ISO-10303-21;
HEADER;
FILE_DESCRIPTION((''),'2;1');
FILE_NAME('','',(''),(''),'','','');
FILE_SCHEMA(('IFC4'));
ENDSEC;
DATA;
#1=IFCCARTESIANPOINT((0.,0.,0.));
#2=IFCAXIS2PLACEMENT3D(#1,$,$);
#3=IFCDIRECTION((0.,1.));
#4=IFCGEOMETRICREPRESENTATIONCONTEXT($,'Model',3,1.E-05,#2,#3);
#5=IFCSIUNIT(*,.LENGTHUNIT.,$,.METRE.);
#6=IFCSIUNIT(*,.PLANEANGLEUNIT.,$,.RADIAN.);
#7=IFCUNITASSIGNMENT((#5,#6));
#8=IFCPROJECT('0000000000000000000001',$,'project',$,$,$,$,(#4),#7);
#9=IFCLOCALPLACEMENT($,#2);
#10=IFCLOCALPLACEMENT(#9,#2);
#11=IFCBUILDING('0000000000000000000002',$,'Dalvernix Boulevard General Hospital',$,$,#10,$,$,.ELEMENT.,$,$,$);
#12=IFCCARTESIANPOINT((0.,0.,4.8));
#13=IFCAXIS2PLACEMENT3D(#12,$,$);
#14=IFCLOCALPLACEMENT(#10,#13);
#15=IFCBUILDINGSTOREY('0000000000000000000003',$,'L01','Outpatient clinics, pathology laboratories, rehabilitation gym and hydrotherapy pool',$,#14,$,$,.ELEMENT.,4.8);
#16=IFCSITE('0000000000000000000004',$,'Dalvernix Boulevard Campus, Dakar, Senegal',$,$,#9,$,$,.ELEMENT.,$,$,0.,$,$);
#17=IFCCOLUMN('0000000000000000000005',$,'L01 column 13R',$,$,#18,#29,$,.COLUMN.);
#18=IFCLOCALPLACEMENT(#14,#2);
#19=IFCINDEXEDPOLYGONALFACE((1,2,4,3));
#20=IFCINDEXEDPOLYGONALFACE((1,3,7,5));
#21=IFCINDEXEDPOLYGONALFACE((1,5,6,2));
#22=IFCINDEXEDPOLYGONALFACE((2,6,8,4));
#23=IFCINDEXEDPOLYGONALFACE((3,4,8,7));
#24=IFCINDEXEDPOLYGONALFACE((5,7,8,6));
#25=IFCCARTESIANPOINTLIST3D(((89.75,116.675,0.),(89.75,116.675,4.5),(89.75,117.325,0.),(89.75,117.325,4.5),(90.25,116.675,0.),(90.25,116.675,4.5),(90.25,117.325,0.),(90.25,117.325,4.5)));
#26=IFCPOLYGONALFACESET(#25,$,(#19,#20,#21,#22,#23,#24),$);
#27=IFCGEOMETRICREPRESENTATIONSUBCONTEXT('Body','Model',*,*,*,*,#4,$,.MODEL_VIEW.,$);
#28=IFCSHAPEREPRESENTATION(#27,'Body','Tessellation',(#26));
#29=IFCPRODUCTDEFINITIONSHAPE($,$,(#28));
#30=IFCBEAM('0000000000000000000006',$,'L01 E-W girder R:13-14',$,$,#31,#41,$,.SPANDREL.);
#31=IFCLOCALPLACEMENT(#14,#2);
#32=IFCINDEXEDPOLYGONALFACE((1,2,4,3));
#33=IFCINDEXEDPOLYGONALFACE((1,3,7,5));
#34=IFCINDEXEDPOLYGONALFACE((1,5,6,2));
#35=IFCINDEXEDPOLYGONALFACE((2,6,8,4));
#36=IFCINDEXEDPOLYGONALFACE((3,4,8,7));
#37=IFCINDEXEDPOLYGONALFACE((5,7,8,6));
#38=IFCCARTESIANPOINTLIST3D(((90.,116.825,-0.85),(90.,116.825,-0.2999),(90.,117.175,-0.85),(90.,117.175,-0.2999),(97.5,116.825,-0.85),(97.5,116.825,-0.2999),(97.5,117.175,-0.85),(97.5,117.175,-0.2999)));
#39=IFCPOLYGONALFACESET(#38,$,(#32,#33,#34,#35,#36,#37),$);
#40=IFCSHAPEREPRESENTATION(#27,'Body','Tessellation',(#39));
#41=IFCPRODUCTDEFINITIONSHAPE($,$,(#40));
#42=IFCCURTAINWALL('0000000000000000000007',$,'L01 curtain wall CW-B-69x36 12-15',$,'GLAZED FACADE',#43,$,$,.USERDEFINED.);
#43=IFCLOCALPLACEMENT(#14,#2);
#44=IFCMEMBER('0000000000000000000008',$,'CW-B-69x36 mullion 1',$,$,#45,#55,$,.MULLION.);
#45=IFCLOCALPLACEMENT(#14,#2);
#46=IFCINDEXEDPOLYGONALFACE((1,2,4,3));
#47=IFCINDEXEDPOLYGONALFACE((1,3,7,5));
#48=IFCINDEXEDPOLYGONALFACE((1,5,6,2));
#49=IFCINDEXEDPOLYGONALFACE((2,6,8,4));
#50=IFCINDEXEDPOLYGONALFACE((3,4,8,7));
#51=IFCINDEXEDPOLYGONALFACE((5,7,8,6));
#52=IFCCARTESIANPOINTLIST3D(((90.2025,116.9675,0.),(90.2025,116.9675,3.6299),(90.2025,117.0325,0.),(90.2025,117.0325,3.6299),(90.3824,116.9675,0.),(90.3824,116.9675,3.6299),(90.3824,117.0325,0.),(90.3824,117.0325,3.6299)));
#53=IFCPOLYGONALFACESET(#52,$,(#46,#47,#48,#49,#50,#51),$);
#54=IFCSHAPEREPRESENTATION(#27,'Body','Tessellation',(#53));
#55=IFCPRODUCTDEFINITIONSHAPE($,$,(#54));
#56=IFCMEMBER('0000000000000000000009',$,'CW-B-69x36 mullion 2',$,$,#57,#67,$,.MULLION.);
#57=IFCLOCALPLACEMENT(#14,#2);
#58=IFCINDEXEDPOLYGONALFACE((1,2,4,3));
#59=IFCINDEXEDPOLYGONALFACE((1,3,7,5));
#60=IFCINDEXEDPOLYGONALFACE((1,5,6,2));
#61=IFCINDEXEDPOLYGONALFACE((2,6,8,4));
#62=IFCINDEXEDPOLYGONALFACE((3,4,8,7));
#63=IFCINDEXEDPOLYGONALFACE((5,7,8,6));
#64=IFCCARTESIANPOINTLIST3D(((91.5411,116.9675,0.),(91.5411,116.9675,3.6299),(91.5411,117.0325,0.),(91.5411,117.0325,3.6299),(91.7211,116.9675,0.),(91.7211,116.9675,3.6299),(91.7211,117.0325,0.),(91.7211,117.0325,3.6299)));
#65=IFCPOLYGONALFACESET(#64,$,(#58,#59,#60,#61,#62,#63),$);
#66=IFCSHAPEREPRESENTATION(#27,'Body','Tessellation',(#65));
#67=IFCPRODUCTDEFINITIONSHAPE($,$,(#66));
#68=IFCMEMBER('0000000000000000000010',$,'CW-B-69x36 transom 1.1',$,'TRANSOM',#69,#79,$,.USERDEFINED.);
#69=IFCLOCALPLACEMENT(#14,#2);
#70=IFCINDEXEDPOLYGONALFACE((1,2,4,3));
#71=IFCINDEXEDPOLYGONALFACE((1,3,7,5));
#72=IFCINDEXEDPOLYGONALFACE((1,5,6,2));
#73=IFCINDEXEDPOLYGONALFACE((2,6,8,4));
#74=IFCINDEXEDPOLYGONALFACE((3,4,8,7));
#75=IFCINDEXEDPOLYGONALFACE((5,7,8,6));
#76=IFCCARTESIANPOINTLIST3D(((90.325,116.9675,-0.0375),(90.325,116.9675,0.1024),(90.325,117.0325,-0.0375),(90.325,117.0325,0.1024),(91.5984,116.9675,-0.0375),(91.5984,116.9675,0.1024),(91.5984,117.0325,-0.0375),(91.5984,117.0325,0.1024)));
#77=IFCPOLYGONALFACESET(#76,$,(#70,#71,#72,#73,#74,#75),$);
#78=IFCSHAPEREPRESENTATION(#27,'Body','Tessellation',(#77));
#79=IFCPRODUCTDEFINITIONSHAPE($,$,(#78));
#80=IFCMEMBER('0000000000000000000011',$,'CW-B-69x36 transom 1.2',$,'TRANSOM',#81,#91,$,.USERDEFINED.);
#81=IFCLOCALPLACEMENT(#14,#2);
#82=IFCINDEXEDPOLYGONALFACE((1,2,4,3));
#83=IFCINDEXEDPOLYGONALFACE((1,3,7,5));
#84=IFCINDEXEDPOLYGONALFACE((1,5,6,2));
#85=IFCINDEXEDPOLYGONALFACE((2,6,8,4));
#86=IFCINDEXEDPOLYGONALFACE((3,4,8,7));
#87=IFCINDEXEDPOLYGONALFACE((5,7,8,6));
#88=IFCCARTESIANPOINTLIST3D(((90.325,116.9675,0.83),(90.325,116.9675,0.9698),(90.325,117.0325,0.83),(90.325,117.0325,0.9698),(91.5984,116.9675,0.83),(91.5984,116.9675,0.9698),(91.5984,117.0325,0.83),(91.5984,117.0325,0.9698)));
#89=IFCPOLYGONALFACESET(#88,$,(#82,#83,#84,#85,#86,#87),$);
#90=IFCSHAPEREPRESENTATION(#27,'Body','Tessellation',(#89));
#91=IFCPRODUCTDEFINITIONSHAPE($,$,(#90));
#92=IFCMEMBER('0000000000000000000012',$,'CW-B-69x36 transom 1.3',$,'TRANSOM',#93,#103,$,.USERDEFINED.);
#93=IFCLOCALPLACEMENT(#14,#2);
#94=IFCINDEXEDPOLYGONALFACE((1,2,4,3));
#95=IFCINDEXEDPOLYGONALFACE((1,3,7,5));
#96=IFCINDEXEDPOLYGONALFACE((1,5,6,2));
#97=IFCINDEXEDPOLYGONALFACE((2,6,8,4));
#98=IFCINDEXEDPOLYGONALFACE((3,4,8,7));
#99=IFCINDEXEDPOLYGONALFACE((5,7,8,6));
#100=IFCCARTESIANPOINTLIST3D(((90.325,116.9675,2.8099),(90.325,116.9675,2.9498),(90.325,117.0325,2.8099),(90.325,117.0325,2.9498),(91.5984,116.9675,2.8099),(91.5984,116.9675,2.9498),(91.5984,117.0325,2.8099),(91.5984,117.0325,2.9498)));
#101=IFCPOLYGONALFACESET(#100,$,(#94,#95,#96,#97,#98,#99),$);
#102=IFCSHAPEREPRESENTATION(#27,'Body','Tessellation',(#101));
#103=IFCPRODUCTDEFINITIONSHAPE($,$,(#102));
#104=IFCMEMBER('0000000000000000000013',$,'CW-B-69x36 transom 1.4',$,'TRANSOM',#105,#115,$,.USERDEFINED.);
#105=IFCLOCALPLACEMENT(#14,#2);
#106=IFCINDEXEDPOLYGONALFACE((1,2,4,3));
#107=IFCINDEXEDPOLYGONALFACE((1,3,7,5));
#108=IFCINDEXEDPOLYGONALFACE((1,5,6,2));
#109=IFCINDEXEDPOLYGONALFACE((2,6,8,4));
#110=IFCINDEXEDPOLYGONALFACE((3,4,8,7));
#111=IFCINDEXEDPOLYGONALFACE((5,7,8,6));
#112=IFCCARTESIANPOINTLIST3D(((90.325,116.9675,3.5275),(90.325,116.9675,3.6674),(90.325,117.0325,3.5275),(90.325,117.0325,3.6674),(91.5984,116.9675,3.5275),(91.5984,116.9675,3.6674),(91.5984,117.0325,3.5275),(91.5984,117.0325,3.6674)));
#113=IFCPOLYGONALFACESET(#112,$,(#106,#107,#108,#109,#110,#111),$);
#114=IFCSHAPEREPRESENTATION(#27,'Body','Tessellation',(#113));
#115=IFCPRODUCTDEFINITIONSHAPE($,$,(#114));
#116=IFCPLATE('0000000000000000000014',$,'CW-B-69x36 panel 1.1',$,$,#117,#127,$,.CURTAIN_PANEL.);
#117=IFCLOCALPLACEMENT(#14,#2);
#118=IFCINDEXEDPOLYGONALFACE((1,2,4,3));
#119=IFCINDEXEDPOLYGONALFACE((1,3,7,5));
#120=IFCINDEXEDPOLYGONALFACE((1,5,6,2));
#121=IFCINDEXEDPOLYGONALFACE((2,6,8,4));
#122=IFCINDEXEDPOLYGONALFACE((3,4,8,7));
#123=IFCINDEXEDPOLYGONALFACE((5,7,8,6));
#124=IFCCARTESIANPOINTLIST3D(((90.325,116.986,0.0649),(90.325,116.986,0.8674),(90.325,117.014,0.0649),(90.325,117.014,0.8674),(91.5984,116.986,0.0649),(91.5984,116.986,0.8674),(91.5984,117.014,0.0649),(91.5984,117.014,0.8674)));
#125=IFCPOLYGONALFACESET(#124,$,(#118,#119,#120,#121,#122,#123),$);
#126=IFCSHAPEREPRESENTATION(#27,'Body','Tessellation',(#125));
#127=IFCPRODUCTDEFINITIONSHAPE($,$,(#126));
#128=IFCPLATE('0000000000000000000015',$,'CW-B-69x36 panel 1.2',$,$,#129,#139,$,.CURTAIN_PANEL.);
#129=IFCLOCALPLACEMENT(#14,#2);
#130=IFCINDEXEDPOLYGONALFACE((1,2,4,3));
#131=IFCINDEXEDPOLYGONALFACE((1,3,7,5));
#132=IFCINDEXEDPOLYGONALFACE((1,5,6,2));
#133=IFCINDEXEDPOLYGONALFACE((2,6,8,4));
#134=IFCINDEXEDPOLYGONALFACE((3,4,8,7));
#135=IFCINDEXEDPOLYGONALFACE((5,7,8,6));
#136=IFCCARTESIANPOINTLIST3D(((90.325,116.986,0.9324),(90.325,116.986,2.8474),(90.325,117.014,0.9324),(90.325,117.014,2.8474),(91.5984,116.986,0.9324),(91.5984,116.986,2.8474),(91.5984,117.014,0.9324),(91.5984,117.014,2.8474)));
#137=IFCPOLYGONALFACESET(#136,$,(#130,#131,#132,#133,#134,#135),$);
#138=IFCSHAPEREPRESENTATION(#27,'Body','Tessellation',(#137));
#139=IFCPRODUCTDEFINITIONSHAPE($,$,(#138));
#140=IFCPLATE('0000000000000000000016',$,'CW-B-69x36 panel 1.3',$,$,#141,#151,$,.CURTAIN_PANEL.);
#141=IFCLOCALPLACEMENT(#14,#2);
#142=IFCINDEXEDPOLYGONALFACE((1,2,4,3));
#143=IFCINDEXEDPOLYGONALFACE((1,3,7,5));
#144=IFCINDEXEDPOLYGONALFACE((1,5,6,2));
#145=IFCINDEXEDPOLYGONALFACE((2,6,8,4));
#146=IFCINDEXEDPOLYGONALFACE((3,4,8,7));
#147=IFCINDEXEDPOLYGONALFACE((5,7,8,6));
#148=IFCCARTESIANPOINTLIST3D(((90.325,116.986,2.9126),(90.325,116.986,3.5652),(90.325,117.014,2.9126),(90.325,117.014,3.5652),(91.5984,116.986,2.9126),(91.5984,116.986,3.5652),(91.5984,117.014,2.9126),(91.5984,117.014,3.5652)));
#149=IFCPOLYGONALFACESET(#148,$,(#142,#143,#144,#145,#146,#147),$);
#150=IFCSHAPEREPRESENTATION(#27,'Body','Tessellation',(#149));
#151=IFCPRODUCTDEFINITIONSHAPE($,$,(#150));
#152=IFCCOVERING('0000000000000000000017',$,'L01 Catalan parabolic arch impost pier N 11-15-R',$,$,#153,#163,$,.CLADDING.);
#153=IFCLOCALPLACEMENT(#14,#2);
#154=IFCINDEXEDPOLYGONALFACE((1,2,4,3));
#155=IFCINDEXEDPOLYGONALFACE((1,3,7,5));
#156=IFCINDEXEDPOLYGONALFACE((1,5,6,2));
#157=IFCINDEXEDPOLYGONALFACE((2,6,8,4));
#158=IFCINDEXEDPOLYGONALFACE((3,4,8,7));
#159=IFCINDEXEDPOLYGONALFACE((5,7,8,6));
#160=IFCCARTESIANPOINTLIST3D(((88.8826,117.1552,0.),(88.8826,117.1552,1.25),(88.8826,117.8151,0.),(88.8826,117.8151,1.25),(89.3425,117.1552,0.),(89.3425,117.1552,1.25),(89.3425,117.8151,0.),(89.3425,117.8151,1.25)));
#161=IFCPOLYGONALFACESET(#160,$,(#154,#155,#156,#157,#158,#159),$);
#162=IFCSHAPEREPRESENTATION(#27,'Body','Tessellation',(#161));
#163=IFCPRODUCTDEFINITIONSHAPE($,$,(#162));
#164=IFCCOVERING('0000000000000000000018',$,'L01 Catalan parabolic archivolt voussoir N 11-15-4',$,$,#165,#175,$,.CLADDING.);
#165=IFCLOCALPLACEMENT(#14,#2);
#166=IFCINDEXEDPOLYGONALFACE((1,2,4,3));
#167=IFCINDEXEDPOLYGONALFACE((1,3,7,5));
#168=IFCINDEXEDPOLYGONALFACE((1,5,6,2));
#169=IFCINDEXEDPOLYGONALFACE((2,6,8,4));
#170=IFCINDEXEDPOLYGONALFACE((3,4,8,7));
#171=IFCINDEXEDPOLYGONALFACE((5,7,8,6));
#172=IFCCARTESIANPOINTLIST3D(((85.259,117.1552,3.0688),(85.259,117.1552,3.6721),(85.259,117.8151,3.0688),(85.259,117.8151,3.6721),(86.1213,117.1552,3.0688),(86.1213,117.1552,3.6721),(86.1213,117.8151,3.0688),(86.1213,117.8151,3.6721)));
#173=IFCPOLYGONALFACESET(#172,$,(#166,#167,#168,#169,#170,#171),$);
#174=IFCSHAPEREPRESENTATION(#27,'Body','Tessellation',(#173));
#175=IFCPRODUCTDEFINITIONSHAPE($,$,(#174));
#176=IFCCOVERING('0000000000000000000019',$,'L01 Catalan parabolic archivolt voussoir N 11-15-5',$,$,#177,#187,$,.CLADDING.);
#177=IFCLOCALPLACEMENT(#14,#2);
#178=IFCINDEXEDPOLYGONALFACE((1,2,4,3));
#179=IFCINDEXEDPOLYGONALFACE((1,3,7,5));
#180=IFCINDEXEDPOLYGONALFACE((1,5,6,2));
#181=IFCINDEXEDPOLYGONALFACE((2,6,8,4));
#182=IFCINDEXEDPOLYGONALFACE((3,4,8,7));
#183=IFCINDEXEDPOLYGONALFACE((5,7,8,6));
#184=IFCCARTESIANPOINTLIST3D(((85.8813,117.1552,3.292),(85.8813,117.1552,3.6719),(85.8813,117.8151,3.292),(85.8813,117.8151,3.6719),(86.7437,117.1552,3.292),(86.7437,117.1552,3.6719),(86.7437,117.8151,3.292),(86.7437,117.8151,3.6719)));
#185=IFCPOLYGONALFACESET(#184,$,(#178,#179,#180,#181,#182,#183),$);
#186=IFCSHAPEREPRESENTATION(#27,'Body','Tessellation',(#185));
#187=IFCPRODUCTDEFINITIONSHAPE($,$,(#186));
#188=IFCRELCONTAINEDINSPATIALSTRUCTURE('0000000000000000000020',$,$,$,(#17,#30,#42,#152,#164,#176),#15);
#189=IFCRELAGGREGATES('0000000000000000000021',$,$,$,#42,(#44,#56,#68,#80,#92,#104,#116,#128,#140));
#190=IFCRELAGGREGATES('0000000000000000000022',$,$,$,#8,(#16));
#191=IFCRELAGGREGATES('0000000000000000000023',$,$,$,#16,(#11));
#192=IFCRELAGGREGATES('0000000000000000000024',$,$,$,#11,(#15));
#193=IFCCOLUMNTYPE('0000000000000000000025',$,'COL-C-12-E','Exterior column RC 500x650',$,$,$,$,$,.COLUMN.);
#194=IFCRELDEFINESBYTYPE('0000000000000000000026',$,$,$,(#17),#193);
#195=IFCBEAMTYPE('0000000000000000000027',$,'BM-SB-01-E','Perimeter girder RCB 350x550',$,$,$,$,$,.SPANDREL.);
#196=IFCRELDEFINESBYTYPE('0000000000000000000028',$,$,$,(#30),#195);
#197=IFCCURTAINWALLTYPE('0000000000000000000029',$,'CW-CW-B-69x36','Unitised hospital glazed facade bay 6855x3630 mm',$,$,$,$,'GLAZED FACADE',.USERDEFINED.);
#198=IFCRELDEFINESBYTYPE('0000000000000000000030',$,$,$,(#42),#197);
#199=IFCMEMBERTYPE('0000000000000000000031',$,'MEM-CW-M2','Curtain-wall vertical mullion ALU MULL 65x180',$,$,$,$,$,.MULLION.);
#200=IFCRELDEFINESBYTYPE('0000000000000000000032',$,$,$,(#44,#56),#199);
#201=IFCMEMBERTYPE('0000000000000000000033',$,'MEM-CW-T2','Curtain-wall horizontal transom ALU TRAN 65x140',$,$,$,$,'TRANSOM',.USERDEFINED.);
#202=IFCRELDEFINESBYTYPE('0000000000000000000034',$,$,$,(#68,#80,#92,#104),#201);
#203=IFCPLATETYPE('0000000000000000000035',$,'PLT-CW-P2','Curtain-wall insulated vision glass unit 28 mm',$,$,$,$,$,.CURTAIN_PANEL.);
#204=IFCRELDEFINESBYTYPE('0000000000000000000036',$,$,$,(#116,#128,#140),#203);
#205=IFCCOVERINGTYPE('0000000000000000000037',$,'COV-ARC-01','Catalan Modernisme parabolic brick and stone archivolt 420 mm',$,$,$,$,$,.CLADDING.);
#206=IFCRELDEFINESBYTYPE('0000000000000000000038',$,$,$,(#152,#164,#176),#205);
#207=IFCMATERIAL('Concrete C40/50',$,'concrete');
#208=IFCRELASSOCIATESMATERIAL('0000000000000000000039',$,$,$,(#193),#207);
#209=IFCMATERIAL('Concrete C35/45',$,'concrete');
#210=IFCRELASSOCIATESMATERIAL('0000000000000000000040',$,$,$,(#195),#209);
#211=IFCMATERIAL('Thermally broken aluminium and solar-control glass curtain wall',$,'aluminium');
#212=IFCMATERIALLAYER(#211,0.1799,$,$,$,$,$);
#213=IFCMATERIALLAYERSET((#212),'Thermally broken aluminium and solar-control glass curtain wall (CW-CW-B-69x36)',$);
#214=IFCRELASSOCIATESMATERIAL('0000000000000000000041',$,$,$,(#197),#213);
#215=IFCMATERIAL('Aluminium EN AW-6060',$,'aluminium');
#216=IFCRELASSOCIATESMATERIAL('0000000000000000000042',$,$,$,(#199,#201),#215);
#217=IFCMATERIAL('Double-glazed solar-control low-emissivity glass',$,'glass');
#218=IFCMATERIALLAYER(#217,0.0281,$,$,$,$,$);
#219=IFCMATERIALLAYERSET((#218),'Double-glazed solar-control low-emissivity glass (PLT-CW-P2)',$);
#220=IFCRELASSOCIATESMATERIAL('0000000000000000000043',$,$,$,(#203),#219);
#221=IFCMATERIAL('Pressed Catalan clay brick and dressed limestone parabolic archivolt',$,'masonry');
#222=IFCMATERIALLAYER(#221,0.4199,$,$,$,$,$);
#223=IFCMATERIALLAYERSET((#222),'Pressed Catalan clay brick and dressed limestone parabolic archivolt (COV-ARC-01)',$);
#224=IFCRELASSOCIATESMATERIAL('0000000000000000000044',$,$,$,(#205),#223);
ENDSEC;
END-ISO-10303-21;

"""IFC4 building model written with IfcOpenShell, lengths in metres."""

from ifc_helpers import new_model, si_unit, direction, frame, origin, origin_2d, place, context, subcontext, project, spatial, rectangle, extrude, material, layer, layer_set, material_profile, profile_set, type_object, element, aggregate, save


model = new_model("IFC4")

# Units and contexts
model_context = context("Model", 3, precision=1e-05, world=origin(), true_north=direction((0.0, 1.0)))
body_context = subcontext(model_context, "Body", "Model", "MODEL_VIEW")
ifc_project = project(units=[si_unit("LENGTHUNIT", "METRE"), si_unit("PLANEANGLEUNIT", "RADIAN")], contexts=[model_context])

# Site, building, storey
site_placement = place(None, origin())
site = spatial("IfcSite", under=ifc_project, at=site_placement, Name="Dalvernix Boulevard Campus, Dakar, Senegal", CompositionType="ELEMENT", RefElevation=0.0)
building_placement = place(site_placement, origin())
building = spatial("IfcBuilding", under=site, at=building_placement, Name="Dalvernix Boulevard General Hospital", CompositionType="ELEMENT")
storey_placement = place(building_placement, frame((0.0, 0.0, 4.8)))
storey = spatial("IfcBuildingStorey", under=building, at=storey_placement, Name="L01", Description="Outpatient clinics, pathology laboratories, rehabilitation gym and hydrotherapy pool", CompositionType="ELEMENT", Elevation=4.8)

# Column
ifc_material_1 = material(Name="Concrete C40/50", Category="concrete")
ifc_material_profile_1 = material_profile(ifc_material_1, rectangle(XDim=0.5, YDim=0.6499, at=origin_2d()), Name="RC 500x650")
ifc_profile_set_1 = profile_set([ifc_material_profile_1], Name="Concrete C40/50")
column_type = type_object("IfcColumnType", Name="COL-C-12-E", Description="Exterior column RC 500x650", PredefinedType="COLUMN", material=ifc_profile_set_1)
column_placement = place(storey_placement, frame((90.0, 117.0, 0.0), z_axis=(0.0, 0.0, 1.0), x_axis=(1.0, 0.0, 0.0)))
element("IfcColumn", 1, at=column_placement, inside=storey, type_object=column_type, Name="L01 column 13R", PredefinedType="COLUMN", context=body_context, shape_type="SweptSolid", body=[
    extrude(rectangle(XDim=0.5, YDim=0.6499, at=origin_2d()), origin(), (0.0, 0.0, 1.0), 4.5),
])

# Beam
ifc_material_2 = material(Name="Concrete C35/45", Category="concrete")
ifc_material_profile_2 = material_profile(ifc_material_2, rectangle(XDim=0.3501, YDim=0.55, at=origin_2d()), Name="RCB 350x550")
ifc_profile_set_2 = profile_set([ifc_material_profile_2], Name="Concrete C35/45")
beam_type = type_object("IfcBeamType", Name="BM-SB-01-E", Description="Perimeter girder RCB 350x550", PredefinedType="SPANDREL", material=ifc_profile_set_2)
beam_placement = place(storey_placement, frame((90.0, 117.0, -0.575), z_axis=(1.0, 0.0, 0.0), x_axis=(0.0, 1.0, 0.0)))
element("IfcBeam", 2, at=beam_placement, inside=storey, type_object=beam_type, Name="L01 E-W girder R:13-14", PredefinedType="SPANDREL", context=body_context, shape_type="SweptSolid", body=[
    extrude(rectangle(XDim=0.3501, YDim=0.55, at=origin_2d()), origin(), (0.0, 0.0, 1.0), 7.5),
])

# Curtain wall, members, plates
ifc_material_3 = material(Name="Thermally broken aluminium and solar-control glass curtain wall", Category="aluminium")
ifc_layer_1 = layer(ifc_material_3, 0.1799)
ifc_layer_set_1 = layer_set([ifc_layer_1], Name="Thermally broken aluminium and solar-control glass curtain wall (CW-CW-B-69x36)")
curtain_wall_type = type_object("IfcCurtainWallType", Name="CW-CW-B-69x36", Description="Unitised hospital glazed facade bay 6855x3630 mm", ElementType="GLAZED FACADE", PredefinedType="USERDEFINED", material=ifc_layer_set_1)
curtain_wall_placement = place(storey_placement, origin())
curtain_wall = element("IfcCurtainWall", 3, at=curtain_wall_placement, inside=storey, type_object=curtain_wall_type, Name="L01 curtain wall CW-B-69x36 12-15", ObjectType="GLAZED FACADE", PredefinedType="USERDEFINED")
ifc_material_4 = material(Name="Aluminium EN AW-6060", Category="aluminium")
ifc_material_profile_3 = material_profile(ifc_material_4, rectangle(XDim=0.0649, YDim=0.1799, at=origin_2d()), Name="ALU MULL 65x180")
ifc_profile_set_3 = profile_set([ifc_material_profile_3], Name="Aluminium EN AW-6060")
member_type_1 = type_object("IfcMemberType", Name="MEM-CW-M2", Description="Curtain-wall vertical mullion ALU MULL 65x180", PredefinedType="MULLION", material=ifc_profile_set_3)
member_1_placement = place(storey_placement, frame((90.2925, 117.0, 0.0), z_axis=(0.0, 0.0, 1.0), x_axis=(0.0, 1.0, 0.0)))
member_1 = element("IfcMember", 4, at=member_1_placement, type_object=member_type_1, Name="CW-B-69x36 mullion 1", PredefinedType="MULLION", context=body_context, shape_type="SweptSolid", body=[
    extrude(rectangle(XDim=0.0649, YDim=0.1799, at=origin_2d()), origin(), (0.0, 0.0, 1.0), 3.6299),
])
member_2_placement = place(storey_placement, frame((91.6311, 117.0, 0.0), z_axis=(0.0, 0.0, 1.0), x_axis=(0.0, 1.0, 0.0)))
member_2 = element("IfcMember", 5, at=member_2_placement, type_object=member_type_1, Name="CW-B-69x36 mullion 2", PredefinedType="MULLION", context=body_context, shape_type="SweptSolid", body=[
    extrude(rectangle(XDim=0.0649, YDim=0.1799, at=origin_2d()), origin(), (0.0, 0.0, 1.0), 3.6299),
])
ifc_material_profile_4 = material_profile(ifc_material_4, rectangle(XDim=0.0649, YDim=0.1399, at=origin_2d()), Name="ALU TRAN 65x140")
ifc_profile_set_4 = profile_set([ifc_material_profile_4], Name="Aluminium EN AW-6060")
member_type_2 = type_object("IfcMemberType", Name="MEM-CW-T2", Description="Curtain-wall horizontal transom ALU TRAN 65x140", ElementType="TRANSOM", PredefinedType="USERDEFINED", material=ifc_profile_set_4)
member_3_placement = place(storey_placement, frame((90.325, 117.0, 0.0325), z_axis=(1.0, 0.0, 0.0), x_axis=(0.0, 1.0, 0.0)))
member_3 = element("IfcMember", 6, at=member_3_placement, type_object=member_type_2, Name="CW-B-69x36 transom 1.1", ObjectType="TRANSOM", PredefinedType="USERDEFINED", context=body_context, shape_type="SweptSolid", body=[
    extrude(rectangle(XDim=0.0649, YDim=0.1399, at=origin_2d()), origin(), (0.0, 0.0, 1.0), 1.2734),
])
member_4_placement = place(storey_placement, frame((90.325, 117.0, 0.8999), z_axis=(1.0, 0.0, 0.0), x_axis=(0.0, 1.0, 0.0)))
member_4 = element("IfcMember", 7, at=member_4_placement, type_object=member_type_2, Name="CW-B-69x36 transom 1.2", ObjectType="TRANSOM", PredefinedType="USERDEFINED", context=body_context, shape_type="SweptSolid", body=[
    extrude(rectangle(XDim=0.0649, YDim=0.1399, at=origin_2d()), origin(), (0.0, 0.0, 1.0), 1.2734),
])
member_5_placement = place(storey_placement, frame((90.325, 117.0, 2.8799), z_axis=(1.0, 0.0, 0.0), x_axis=(0.0, 1.0, 0.0)))
member_5 = element("IfcMember", 8, at=member_5_placement, type_object=member_type_2, Name="CW-B-69x36 transom 1.3", ObjectType="TRANSOM", PredefinedType="USERDEFINED", context=body_context, shape_type="SweptSolid", body=[
    extrude(rectangle(XDim=0.0649, YDim=0.1399, at=origin_2d()), origin(), (0.0, 0.0, 1.0), 1.2734),
])
member_6_placement = place(storey_placement, frame((90.325, 117.0, 3.5974), z_axis=(1.0, 0.0, 0.0), x_axis=(0.0, 1.0, 0.0)))
member_6 = element("IfcMember", 9, at=member_6_placement, type_object=member_type_2, Name="CW-B-69x36 transom 1.4", ObjectType="TRANSOM", PredefinedType="USERDEFINED", context=body_context, shape_type="SweptSolid", body=[
    extrude(rectangle(XDim=0.0649, YDim=0.1399, at=origin_2d()), origin(), (0.0, 0.0, 1.0), 1.2734),
])
ifc_material_5 = material(Name="Double-glazed solar-control low-emissivity glass", Category="glass")
ifc_layer_2 = layer(ifc_material_5, 0.0281)
ifc_layer_set_2 = layer_set([ifc_layer_2], Name="Double-glazed solar-control low-emissivity glass (PLT-CW-P2)")
plate_type = type_object("IfcPlateType", Name="PLT-CW-P2", Description="Curtain-wall insulated vision glass unit 28 mm", PredefinedType="CURTAIN_PANEL", material=ifc_layer_set_2)
plate_1_placement = place(storey_placement, frame((90.9617, 117.0, 0.0649), z_axis=(0.0, 0.0, 1.0), x_axis=(1.0, 0.0, 0.0)))
plate_1 = element("IfcPlate", 10, at=plate_1_placement, type_object=plate_type, Name="CW-B-69x36 panel 1.1", PredefinedType="CURTAIN_PANEL", context=body_context, shape_type="SweptSolid", body=[
    extrude(rectangle(XDim=1.2734, YDim=0.0281, at=origin_2d()), origin(), (0.0, 0.0, 1.0), 0.8025),
])
plate_2_placement = place(storey_placement, frame((90.9617, 117.0, 0.9324), z_axis=(0.0, 0.0, 1.0), x_axis=(1.0, 0.0, 0.0)))
plate_2 = element("IfcPlate", 11, at=plate_2_placement, type_object=plate_type, Name="CW-B-69x36 panel 1.2", PredefinedType="CURTAIN_PANEL", context=body_context, shape_type="SweptSolid", body=[
    extrude(rectangle(XDim=1.2734, YDim=0.0281, at=origin_2d()), origin(), (0.0, 0.0, 1.0), 1.915),
])
plate_3_placement = place(storey_placement, frame((90.9617, 117.0, 2.9126), z_axis=(0.0, 0.0, 1.0), x_axis=(1.0, 0.0, 0.0)))
plate_3 = element("IfcPlate", 12, at=plate_3_placement, type_object=plate_type, Name="CW-B-69x36 panel 1.3", PredefinedType="CURTAIN_PANEL", context=body_context, shape_type="SweptSolid", body=[
    extrude(rectangle(XDim=1.2734, YDim=0.0281, at=origin_2d()), origin(), (0.0, 0.0, 1.0), 0.6526),
])
aggregate(curtain_wall, [member_1, member_2, member_3, member_4, member_5, member_6, plate_1, plate_2, plate_3])

# Coverings
ifc_material_6 = material(Name="Pressed Catalan clay brick and dressed limestone parabolic archivolt", Category="masonry")
ifc_layer_3 = layer(ifc_material_6, 0.4199)
ifc_layer_set_3 = layer_set([ifc_layer_3], Name="Pressed Catalan clay brick and dressed limestone parabolic archivolt (COV-ARC-01)")
covering_type_1 = type_object("IfcCoveringType", Name="COV-ARC-01", Description="Catalan Modernisme parabolic brick and stone archivolt 420 mm", PredefinedType="CLADDING", material=ifc_layer_set_3)
covering_1_placement = place(storey_placement, frame((89.1125, 117.4851, 0.0), z_axis=(0.0, 0.0, 1.0), x_axis=(1.0, 0.0, 0.0)))
element("IfcCovering", 13, at=covering_1_placement, inside=storey, type_object=covering_type_1, Name="L01 Catalan parabolic arch impost pier N 11-15-R", PredefinedType="CLADDING", context=body_context, shape_type="SweptSolid", body=[
    extrude(rectangle(XDim=0.46, YDim=0.6599, at=origin_2d()), origin(), (0.0, 0.0, 1.0), 1.25),
])
covering_2_placement = place(storey_placement, frame((85.6902, 117.4851, 3.0688), z_axis=(0.0, 0.0, 1.0), x_axis=(1.0, 0.0, 0.0)))
element("IfcCovering", 14, at=covering_2_placement, inside=storey, type_object=covering_type_1, Name="L01 Catalan parabolic archivolt voussoir N 11-15-4", PredefinedType="CLADDING", context=body_context, shape_type="SweptSolid", body=[
    extrude(rectangle(XDim=0.8623, YDim=0.6599, at=origin_2d()), origin(), (0.0, 0.0, 1.0), 0.6033),
])
covering_3_placement = place(storey_placement, frame((86.3125, 117.4851, 3.292), z_axis=(0.0, 0.0, 1.0), x_axis=(1.0, 0.0, 0.0)))
element("IfcCovering", 15, at=covering_3_placement, inside=storey, type_object=covering_type_1, Name="L01 Catalan parabolic archivolt voussoir N 11-15-5", PredefinedType="CLADDING", context=body_context, shape_type="SweptSolid", body=[
    extrude(rectangle(XDim=0.8623, YDim=0.6599, at=origin_2d()), origin(), (0.0, 0.0, 1.0), 0.3799),
])

save(model, "model.ifc")
